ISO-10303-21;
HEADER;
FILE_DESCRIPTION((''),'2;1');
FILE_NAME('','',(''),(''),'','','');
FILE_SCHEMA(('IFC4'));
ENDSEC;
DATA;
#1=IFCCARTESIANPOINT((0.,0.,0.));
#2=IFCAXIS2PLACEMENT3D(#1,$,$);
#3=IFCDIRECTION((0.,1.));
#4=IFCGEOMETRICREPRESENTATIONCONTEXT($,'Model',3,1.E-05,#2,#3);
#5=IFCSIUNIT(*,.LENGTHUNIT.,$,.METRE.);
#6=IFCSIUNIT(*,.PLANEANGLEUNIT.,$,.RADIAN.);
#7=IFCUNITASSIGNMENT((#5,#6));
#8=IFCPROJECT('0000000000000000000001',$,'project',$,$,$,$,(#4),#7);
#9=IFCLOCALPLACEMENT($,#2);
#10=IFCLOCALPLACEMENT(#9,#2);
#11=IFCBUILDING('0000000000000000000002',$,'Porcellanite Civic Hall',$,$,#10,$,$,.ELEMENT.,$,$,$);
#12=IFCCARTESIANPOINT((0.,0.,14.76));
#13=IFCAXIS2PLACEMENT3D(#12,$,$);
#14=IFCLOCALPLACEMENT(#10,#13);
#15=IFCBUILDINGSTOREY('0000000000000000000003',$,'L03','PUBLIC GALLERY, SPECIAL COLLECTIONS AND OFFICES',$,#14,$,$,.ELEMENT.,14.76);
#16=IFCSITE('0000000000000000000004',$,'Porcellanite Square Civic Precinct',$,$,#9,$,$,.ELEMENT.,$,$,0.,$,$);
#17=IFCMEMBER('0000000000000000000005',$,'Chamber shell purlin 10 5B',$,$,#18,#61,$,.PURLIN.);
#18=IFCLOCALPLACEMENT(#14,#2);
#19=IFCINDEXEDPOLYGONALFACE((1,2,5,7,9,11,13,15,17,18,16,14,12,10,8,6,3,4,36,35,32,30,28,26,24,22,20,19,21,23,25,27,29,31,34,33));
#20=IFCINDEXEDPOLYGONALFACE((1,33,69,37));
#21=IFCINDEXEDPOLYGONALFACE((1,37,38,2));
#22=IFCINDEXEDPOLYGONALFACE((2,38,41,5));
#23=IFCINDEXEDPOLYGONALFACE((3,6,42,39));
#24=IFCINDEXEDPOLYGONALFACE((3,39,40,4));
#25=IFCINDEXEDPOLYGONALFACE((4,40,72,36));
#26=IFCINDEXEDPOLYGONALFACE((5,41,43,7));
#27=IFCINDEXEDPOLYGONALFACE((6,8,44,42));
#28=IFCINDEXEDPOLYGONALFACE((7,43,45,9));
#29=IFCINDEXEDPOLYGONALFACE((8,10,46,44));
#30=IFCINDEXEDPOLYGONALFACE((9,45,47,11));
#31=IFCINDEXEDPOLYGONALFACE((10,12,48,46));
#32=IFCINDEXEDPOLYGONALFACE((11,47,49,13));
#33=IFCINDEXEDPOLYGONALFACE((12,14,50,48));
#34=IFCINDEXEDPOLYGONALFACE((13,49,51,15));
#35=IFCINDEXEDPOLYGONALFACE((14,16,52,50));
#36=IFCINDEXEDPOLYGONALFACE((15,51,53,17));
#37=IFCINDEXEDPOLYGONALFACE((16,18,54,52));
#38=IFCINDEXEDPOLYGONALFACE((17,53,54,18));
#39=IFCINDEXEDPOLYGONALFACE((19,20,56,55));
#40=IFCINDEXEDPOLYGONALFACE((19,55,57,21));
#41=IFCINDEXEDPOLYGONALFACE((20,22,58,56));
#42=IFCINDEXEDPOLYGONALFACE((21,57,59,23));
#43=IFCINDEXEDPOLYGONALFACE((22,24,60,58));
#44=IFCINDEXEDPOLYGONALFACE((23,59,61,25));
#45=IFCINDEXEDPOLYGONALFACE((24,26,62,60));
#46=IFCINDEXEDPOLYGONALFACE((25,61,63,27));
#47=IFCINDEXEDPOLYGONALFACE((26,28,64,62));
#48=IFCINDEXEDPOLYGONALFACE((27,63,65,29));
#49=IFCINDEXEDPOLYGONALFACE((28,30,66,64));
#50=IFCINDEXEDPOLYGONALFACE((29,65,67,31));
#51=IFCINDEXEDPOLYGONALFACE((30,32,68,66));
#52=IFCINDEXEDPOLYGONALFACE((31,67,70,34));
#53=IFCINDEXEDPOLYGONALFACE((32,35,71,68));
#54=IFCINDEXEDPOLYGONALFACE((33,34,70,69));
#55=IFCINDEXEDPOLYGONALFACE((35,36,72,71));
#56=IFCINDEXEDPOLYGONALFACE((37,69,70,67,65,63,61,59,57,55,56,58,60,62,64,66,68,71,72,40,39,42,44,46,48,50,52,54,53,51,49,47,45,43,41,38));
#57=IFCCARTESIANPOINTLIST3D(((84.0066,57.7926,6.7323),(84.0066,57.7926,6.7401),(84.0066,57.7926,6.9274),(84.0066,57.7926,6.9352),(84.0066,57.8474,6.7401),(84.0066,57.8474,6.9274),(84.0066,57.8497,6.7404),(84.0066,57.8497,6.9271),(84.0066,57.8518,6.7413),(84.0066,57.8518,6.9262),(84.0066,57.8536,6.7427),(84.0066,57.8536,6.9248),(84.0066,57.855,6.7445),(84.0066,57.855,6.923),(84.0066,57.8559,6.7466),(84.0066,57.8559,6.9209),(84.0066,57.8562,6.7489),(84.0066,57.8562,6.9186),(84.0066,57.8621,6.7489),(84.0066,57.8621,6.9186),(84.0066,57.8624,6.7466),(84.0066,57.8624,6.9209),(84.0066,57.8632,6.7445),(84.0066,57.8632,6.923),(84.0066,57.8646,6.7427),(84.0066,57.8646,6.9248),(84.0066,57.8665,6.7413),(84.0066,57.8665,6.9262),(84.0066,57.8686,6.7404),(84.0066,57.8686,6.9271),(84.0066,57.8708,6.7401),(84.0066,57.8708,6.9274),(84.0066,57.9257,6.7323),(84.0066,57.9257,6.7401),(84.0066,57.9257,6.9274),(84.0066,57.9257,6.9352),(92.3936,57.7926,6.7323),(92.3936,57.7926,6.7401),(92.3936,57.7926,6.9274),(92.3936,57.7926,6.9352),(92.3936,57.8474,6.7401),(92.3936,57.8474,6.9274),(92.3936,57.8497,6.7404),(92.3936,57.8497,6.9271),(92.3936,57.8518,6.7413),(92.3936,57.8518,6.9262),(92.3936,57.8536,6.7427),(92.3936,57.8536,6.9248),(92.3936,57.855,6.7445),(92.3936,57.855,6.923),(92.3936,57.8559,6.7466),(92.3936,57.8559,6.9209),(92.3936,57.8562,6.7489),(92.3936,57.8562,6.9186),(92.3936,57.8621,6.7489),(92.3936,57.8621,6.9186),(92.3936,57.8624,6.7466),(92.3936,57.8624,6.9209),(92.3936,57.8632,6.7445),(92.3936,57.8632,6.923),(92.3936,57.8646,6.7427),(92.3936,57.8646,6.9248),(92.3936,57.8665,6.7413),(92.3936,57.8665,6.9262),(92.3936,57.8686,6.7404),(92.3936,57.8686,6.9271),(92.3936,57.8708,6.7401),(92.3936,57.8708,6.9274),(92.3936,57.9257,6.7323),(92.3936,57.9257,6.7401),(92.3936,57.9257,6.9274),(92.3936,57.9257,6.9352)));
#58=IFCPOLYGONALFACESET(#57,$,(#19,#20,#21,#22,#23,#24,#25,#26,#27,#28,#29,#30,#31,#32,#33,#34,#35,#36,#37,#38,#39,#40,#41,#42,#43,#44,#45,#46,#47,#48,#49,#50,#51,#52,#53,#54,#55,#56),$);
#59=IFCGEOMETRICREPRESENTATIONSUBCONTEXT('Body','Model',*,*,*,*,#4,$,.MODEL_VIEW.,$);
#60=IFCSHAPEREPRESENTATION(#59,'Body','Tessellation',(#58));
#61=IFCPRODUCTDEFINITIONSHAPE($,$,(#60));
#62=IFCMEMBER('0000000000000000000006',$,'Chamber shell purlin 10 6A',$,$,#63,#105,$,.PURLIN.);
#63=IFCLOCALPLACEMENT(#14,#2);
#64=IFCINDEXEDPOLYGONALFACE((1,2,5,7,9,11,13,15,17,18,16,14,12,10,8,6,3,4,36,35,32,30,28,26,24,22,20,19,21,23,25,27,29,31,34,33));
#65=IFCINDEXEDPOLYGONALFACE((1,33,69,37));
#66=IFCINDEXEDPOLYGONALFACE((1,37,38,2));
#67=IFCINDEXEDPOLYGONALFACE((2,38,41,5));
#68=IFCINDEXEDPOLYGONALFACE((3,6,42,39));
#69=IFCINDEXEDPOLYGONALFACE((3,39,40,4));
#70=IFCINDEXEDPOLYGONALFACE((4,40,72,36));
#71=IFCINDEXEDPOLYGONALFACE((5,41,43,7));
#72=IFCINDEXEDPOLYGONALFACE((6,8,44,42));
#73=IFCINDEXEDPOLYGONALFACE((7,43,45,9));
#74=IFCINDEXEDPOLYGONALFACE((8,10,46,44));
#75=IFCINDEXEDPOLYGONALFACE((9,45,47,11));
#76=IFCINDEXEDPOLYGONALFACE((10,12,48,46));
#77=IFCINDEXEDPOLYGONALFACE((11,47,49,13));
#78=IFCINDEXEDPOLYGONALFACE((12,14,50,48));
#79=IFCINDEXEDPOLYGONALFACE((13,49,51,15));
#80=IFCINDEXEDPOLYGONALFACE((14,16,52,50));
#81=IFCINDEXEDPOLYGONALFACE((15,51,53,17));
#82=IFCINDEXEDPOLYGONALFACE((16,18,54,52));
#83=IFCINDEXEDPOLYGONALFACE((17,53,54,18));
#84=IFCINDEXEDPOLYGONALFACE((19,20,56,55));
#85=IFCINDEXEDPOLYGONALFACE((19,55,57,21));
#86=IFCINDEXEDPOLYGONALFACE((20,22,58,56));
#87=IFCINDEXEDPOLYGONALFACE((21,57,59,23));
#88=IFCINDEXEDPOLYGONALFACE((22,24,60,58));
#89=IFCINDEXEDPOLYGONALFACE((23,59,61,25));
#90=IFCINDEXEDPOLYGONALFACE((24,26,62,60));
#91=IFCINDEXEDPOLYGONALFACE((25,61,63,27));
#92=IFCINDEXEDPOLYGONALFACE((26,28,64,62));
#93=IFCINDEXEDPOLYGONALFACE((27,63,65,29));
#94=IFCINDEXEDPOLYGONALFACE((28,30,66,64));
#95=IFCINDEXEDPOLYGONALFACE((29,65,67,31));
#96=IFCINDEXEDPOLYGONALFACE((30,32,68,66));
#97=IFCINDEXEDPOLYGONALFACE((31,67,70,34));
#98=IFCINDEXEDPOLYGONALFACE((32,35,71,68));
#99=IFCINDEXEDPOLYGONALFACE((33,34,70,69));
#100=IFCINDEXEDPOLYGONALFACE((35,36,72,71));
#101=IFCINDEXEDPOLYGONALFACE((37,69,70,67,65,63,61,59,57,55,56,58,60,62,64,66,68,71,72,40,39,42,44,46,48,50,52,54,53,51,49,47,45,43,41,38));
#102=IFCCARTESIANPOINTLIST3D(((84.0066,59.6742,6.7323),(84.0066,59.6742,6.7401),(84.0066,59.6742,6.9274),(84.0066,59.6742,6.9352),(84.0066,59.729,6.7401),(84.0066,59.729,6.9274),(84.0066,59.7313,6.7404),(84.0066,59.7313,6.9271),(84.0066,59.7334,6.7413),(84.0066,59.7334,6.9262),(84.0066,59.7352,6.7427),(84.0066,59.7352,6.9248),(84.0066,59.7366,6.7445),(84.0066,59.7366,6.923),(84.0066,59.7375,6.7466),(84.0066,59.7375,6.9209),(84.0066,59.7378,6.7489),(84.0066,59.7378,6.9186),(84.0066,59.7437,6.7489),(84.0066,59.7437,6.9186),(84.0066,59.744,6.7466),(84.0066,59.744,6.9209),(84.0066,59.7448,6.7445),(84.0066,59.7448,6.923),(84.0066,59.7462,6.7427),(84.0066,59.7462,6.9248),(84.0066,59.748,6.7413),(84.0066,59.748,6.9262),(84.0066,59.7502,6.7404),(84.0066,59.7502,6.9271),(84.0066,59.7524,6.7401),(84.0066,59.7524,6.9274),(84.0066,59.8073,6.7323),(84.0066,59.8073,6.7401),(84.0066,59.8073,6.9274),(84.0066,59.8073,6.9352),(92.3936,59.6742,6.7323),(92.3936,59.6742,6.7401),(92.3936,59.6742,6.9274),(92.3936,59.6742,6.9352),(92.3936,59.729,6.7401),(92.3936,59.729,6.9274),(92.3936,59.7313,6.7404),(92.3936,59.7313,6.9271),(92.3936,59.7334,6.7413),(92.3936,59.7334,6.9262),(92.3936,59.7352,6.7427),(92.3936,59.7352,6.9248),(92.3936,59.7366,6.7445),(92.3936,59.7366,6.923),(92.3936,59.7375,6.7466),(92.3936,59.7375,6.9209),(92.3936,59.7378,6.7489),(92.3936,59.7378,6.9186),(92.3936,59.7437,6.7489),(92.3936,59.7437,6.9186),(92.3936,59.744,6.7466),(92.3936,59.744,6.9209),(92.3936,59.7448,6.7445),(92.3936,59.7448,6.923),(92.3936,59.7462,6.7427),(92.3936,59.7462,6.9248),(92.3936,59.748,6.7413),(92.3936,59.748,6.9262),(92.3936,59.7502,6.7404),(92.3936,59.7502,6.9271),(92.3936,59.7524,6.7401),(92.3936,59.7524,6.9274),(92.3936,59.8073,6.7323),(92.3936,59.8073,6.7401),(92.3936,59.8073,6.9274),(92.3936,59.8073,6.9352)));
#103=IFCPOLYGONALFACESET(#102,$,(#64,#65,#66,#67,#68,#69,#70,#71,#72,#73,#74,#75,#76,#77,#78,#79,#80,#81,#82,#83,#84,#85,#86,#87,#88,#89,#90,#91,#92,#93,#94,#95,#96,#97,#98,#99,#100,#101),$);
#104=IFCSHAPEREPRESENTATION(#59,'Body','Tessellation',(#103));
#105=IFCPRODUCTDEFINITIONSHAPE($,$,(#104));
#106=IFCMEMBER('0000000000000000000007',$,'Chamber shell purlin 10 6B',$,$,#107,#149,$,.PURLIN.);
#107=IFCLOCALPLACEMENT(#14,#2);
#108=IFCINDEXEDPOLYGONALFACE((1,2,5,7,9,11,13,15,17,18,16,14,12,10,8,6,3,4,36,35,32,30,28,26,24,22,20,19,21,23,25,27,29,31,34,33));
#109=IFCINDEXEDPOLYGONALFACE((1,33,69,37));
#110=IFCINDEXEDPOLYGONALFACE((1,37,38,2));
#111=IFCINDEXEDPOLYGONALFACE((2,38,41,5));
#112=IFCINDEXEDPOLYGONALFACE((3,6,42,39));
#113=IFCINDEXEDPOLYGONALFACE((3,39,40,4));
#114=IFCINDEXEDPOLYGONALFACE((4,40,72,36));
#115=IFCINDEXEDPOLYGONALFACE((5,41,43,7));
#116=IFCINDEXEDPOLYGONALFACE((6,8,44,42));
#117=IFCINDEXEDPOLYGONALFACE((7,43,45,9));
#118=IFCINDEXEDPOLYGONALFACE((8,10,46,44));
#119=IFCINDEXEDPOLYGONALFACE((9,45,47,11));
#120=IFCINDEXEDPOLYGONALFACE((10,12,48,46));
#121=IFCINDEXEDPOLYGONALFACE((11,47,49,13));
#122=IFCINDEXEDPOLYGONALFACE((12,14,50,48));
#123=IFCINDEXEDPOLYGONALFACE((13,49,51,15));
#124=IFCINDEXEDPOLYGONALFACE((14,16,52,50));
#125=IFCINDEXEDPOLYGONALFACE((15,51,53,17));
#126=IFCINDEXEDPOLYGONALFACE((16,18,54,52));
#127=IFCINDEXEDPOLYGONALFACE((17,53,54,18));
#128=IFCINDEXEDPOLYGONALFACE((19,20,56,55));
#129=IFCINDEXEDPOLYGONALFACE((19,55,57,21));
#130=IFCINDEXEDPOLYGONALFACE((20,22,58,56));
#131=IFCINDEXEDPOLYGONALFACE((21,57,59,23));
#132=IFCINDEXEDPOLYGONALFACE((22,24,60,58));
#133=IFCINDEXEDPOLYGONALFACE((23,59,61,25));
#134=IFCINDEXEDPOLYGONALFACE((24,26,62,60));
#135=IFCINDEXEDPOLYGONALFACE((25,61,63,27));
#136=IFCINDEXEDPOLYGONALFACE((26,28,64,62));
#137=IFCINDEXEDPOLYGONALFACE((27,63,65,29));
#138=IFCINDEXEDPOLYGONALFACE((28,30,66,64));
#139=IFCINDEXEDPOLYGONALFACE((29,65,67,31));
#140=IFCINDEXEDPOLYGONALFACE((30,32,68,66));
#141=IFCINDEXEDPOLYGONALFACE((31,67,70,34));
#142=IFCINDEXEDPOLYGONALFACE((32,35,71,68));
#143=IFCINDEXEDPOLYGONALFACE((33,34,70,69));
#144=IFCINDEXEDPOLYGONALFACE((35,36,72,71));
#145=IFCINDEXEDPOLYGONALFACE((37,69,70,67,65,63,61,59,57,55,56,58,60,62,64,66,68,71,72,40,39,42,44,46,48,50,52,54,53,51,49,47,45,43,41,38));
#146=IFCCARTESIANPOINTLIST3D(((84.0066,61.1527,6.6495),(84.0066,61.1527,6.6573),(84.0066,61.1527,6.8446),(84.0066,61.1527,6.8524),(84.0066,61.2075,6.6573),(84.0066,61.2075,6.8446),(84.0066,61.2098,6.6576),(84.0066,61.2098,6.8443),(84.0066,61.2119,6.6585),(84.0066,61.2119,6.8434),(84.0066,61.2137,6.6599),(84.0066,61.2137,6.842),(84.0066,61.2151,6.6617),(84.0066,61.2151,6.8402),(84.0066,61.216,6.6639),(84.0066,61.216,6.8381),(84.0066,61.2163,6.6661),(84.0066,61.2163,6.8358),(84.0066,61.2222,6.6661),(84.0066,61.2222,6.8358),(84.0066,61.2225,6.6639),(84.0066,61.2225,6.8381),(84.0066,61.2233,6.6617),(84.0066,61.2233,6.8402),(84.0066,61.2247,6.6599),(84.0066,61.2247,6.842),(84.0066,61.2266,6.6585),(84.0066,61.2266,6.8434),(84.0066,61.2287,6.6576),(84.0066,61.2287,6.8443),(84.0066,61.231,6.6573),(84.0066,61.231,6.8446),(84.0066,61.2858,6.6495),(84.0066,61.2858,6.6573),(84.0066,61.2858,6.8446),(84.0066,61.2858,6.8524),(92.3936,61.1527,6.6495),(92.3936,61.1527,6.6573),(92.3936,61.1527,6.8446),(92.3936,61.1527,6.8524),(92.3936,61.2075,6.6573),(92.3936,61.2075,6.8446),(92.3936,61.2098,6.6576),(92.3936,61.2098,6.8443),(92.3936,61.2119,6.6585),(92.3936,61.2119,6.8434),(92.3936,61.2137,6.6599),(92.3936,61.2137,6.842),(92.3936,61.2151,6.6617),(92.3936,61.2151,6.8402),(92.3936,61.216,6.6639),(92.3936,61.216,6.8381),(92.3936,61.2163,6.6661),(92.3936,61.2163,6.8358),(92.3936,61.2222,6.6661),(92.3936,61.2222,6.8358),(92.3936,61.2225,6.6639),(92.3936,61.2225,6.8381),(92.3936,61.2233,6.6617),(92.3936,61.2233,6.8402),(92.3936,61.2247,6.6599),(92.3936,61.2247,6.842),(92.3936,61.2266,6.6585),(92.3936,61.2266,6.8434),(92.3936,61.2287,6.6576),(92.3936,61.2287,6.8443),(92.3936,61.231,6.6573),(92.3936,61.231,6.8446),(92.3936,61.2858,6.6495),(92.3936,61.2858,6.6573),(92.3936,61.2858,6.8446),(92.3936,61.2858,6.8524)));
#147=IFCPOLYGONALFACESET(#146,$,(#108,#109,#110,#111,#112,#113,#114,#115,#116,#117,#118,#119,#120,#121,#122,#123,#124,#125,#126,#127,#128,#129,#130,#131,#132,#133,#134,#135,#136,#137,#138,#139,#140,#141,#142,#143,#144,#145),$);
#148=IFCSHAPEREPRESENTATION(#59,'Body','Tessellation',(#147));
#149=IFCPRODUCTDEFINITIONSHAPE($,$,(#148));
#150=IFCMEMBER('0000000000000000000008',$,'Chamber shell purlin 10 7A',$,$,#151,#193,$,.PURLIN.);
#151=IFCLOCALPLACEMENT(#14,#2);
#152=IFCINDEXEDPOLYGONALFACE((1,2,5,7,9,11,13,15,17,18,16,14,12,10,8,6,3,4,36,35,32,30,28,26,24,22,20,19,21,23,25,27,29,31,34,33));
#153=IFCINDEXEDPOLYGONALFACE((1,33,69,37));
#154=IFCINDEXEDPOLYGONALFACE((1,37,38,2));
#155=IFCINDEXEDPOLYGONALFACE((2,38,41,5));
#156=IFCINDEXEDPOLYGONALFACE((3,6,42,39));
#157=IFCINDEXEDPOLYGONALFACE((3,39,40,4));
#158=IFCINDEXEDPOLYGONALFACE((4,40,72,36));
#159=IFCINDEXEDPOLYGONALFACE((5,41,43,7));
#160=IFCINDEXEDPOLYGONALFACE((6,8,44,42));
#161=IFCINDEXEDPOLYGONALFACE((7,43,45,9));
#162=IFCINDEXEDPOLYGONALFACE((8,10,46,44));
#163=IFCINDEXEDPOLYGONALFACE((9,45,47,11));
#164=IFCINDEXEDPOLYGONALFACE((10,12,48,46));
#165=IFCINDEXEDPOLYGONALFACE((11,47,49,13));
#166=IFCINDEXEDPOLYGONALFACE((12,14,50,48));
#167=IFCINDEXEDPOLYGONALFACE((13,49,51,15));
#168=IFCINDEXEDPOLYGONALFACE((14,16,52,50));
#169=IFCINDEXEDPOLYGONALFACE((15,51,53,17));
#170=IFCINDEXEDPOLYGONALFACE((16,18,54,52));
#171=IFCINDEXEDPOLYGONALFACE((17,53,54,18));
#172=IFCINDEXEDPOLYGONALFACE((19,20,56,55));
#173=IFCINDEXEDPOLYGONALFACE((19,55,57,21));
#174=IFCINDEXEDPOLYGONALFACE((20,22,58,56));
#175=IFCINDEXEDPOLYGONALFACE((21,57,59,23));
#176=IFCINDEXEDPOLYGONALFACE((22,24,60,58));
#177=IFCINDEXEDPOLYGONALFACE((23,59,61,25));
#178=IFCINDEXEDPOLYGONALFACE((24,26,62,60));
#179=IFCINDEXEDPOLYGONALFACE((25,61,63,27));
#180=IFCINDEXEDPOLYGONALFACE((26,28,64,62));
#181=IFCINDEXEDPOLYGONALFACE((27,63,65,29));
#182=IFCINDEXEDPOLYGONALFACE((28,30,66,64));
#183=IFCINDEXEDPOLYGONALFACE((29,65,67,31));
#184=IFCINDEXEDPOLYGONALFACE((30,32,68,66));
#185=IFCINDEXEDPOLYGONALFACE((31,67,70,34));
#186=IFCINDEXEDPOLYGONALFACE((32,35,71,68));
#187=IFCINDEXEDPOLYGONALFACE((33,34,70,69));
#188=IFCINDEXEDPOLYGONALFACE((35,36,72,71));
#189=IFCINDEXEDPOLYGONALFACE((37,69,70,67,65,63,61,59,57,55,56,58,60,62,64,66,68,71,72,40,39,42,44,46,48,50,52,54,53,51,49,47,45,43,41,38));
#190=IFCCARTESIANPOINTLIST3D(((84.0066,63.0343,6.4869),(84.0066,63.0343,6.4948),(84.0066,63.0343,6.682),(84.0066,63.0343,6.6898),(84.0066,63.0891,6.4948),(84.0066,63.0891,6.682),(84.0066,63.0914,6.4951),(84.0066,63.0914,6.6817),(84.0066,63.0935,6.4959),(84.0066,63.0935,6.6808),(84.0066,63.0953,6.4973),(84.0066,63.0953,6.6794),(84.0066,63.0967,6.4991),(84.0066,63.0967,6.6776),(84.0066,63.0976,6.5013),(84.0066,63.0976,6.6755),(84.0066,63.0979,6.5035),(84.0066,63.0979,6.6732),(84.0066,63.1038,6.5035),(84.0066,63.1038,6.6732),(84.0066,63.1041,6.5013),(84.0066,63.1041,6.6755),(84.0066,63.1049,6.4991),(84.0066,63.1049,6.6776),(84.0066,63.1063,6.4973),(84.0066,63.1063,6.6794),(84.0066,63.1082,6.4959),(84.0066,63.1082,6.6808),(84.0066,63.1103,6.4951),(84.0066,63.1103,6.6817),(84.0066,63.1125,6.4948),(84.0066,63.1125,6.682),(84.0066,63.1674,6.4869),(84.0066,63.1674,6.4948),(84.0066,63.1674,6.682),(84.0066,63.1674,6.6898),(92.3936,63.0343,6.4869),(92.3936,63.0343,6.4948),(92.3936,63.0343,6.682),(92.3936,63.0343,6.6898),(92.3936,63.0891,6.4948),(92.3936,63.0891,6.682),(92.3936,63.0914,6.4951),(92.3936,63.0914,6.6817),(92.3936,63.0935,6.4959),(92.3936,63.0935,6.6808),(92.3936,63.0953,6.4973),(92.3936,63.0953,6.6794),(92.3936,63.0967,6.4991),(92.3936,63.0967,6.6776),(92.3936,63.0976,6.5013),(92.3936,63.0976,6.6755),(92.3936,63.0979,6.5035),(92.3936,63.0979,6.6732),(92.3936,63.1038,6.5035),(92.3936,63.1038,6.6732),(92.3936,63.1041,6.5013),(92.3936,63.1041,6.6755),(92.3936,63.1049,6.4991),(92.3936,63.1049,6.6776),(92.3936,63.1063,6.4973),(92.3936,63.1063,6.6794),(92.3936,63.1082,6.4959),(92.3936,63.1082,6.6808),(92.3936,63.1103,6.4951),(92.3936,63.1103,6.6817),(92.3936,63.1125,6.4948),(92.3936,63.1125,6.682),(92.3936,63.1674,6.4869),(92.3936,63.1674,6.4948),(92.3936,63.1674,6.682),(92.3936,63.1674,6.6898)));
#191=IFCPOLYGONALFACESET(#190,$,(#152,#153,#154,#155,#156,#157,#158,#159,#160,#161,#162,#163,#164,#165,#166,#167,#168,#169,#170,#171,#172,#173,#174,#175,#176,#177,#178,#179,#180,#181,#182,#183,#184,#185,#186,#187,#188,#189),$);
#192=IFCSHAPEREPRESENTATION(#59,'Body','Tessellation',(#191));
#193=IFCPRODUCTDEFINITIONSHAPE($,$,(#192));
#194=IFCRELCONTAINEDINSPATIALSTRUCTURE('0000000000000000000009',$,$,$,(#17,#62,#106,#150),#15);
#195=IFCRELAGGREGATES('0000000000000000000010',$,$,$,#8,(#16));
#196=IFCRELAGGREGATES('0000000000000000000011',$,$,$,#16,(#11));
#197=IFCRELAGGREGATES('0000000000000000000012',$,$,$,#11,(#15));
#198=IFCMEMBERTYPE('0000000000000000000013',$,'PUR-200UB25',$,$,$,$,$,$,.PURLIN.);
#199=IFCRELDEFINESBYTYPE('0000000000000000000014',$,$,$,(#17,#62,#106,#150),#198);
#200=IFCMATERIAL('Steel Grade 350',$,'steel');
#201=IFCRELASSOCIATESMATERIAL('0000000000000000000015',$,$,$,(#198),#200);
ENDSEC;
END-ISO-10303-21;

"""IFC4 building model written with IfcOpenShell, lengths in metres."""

from ifc_helpers import new_model, si_unit, direction, frame, origin, origin_2d, place, context, subcontext, project, spatial, i_section, extrude, material, material_profile, profile_set, type_object, element, save


model = new_model("IFC4")

# Units and contexts
model_context = context("Model", 3, precision=1e-05, world=origin(), true_north=direction((0.0, 1.0)))
body_context = subcontext(model_context, "Body", "Model", "MODEL_VIEW")
ifc_project = project(units=[si_unit("LENGTHUNIT", "METRE"), si_unit("PLANEANGLEUNIT", "RADIAN")], contexts=[model_context])

# Site, building, storey
site_placement = place(None, origin())
site = spatial("IfcSite", under=ifc_project, at=site_placement, Name="Porcellanite Square Civic Precinct", CompositionType="ELEMENT", RefElevation=0.0)
building_placement = place(site_placement, origin())
building = spatial("IfcBuilding", under=site, at=building_placement, Name="Porcellanite Civic Hall", CompositionType="ELEMENT")
storey_placement = place(building_placement, frame((0.0, 0.0, 14.76)))
storey = spatial("IfcBuildingStorey", under=building, at=storey_placement, Name="L03", Description="PUBLIC GALLERY, SPECIAL COLLECTIONS AND OFFICES", CompositionType="ELEMENT", Elevation=14.76)

# Members
ifc_material_1 = material(Name="Steel Grade 350", Category="steel")
ifc_material_profile_1 = material_profile(ifc_material_1, i_section(OverallWidth=0.1331, OverallDepth=0.2029, WebThickness=0.0059, FlangeThickness=0.0078, FilletRadius=0.0088, at=origin_2d()), Name="200UB25.4")
ifc_profile_set_1 = profile_set([ifc_material_profile_1], Name="Steel Grade 350")
member_type_1 = type_object("IfcMemberType", Name="PUR-200UB25", PredefinedType="PURLIN", material=ifc_profile_set_1)
for number, where, z_axis, x_axis, name in (
    (1, (84.0066, 57.8591, 6.8337), (1.0, 0.0, 0.0), (0.0, 1.0, 0.0), "Chamber shell purlin 10 5B"),
    (2, (84.0066, 59.7407, 6.8337), (1.0, 0.0, 0.0), (0.0, 1.0, 0.0), "Chamber shell purlin 10 6A"),
    (3, (84.0066, 61.2192, 6.751), (1.0, 0.0, 0.0), (0.0, 1.0, 0.0), "Chamber shell purlin 10 6B"),
    (4, (84.0066, 63.1008, 6.5884), (1.0, 0.0, 0.0), (0.0, 1.0, 0.0), "Chamber shell purlin 10 7A"),
):
    element("IfcMember", number, at=place(storey_placement, frame(where, z_axis=z_axis, x_axis=x_axis)), inside=storey, type_object=member_type_1, Name=name, PredefinedType="PURLIN", context=body_context, shape_type="SweptSolid", body=[
        extrude(i_section(OverallWidth=0.1331, OverallDepth=0.2029, WebThickness=0.0059, FlangeThickness=0.0078, FilletRadius=0.0088, at=origin_2d()), origin(), (0.0, 0.0, 1.0), 8.387),
    ])

save(model, "model.ifc")
